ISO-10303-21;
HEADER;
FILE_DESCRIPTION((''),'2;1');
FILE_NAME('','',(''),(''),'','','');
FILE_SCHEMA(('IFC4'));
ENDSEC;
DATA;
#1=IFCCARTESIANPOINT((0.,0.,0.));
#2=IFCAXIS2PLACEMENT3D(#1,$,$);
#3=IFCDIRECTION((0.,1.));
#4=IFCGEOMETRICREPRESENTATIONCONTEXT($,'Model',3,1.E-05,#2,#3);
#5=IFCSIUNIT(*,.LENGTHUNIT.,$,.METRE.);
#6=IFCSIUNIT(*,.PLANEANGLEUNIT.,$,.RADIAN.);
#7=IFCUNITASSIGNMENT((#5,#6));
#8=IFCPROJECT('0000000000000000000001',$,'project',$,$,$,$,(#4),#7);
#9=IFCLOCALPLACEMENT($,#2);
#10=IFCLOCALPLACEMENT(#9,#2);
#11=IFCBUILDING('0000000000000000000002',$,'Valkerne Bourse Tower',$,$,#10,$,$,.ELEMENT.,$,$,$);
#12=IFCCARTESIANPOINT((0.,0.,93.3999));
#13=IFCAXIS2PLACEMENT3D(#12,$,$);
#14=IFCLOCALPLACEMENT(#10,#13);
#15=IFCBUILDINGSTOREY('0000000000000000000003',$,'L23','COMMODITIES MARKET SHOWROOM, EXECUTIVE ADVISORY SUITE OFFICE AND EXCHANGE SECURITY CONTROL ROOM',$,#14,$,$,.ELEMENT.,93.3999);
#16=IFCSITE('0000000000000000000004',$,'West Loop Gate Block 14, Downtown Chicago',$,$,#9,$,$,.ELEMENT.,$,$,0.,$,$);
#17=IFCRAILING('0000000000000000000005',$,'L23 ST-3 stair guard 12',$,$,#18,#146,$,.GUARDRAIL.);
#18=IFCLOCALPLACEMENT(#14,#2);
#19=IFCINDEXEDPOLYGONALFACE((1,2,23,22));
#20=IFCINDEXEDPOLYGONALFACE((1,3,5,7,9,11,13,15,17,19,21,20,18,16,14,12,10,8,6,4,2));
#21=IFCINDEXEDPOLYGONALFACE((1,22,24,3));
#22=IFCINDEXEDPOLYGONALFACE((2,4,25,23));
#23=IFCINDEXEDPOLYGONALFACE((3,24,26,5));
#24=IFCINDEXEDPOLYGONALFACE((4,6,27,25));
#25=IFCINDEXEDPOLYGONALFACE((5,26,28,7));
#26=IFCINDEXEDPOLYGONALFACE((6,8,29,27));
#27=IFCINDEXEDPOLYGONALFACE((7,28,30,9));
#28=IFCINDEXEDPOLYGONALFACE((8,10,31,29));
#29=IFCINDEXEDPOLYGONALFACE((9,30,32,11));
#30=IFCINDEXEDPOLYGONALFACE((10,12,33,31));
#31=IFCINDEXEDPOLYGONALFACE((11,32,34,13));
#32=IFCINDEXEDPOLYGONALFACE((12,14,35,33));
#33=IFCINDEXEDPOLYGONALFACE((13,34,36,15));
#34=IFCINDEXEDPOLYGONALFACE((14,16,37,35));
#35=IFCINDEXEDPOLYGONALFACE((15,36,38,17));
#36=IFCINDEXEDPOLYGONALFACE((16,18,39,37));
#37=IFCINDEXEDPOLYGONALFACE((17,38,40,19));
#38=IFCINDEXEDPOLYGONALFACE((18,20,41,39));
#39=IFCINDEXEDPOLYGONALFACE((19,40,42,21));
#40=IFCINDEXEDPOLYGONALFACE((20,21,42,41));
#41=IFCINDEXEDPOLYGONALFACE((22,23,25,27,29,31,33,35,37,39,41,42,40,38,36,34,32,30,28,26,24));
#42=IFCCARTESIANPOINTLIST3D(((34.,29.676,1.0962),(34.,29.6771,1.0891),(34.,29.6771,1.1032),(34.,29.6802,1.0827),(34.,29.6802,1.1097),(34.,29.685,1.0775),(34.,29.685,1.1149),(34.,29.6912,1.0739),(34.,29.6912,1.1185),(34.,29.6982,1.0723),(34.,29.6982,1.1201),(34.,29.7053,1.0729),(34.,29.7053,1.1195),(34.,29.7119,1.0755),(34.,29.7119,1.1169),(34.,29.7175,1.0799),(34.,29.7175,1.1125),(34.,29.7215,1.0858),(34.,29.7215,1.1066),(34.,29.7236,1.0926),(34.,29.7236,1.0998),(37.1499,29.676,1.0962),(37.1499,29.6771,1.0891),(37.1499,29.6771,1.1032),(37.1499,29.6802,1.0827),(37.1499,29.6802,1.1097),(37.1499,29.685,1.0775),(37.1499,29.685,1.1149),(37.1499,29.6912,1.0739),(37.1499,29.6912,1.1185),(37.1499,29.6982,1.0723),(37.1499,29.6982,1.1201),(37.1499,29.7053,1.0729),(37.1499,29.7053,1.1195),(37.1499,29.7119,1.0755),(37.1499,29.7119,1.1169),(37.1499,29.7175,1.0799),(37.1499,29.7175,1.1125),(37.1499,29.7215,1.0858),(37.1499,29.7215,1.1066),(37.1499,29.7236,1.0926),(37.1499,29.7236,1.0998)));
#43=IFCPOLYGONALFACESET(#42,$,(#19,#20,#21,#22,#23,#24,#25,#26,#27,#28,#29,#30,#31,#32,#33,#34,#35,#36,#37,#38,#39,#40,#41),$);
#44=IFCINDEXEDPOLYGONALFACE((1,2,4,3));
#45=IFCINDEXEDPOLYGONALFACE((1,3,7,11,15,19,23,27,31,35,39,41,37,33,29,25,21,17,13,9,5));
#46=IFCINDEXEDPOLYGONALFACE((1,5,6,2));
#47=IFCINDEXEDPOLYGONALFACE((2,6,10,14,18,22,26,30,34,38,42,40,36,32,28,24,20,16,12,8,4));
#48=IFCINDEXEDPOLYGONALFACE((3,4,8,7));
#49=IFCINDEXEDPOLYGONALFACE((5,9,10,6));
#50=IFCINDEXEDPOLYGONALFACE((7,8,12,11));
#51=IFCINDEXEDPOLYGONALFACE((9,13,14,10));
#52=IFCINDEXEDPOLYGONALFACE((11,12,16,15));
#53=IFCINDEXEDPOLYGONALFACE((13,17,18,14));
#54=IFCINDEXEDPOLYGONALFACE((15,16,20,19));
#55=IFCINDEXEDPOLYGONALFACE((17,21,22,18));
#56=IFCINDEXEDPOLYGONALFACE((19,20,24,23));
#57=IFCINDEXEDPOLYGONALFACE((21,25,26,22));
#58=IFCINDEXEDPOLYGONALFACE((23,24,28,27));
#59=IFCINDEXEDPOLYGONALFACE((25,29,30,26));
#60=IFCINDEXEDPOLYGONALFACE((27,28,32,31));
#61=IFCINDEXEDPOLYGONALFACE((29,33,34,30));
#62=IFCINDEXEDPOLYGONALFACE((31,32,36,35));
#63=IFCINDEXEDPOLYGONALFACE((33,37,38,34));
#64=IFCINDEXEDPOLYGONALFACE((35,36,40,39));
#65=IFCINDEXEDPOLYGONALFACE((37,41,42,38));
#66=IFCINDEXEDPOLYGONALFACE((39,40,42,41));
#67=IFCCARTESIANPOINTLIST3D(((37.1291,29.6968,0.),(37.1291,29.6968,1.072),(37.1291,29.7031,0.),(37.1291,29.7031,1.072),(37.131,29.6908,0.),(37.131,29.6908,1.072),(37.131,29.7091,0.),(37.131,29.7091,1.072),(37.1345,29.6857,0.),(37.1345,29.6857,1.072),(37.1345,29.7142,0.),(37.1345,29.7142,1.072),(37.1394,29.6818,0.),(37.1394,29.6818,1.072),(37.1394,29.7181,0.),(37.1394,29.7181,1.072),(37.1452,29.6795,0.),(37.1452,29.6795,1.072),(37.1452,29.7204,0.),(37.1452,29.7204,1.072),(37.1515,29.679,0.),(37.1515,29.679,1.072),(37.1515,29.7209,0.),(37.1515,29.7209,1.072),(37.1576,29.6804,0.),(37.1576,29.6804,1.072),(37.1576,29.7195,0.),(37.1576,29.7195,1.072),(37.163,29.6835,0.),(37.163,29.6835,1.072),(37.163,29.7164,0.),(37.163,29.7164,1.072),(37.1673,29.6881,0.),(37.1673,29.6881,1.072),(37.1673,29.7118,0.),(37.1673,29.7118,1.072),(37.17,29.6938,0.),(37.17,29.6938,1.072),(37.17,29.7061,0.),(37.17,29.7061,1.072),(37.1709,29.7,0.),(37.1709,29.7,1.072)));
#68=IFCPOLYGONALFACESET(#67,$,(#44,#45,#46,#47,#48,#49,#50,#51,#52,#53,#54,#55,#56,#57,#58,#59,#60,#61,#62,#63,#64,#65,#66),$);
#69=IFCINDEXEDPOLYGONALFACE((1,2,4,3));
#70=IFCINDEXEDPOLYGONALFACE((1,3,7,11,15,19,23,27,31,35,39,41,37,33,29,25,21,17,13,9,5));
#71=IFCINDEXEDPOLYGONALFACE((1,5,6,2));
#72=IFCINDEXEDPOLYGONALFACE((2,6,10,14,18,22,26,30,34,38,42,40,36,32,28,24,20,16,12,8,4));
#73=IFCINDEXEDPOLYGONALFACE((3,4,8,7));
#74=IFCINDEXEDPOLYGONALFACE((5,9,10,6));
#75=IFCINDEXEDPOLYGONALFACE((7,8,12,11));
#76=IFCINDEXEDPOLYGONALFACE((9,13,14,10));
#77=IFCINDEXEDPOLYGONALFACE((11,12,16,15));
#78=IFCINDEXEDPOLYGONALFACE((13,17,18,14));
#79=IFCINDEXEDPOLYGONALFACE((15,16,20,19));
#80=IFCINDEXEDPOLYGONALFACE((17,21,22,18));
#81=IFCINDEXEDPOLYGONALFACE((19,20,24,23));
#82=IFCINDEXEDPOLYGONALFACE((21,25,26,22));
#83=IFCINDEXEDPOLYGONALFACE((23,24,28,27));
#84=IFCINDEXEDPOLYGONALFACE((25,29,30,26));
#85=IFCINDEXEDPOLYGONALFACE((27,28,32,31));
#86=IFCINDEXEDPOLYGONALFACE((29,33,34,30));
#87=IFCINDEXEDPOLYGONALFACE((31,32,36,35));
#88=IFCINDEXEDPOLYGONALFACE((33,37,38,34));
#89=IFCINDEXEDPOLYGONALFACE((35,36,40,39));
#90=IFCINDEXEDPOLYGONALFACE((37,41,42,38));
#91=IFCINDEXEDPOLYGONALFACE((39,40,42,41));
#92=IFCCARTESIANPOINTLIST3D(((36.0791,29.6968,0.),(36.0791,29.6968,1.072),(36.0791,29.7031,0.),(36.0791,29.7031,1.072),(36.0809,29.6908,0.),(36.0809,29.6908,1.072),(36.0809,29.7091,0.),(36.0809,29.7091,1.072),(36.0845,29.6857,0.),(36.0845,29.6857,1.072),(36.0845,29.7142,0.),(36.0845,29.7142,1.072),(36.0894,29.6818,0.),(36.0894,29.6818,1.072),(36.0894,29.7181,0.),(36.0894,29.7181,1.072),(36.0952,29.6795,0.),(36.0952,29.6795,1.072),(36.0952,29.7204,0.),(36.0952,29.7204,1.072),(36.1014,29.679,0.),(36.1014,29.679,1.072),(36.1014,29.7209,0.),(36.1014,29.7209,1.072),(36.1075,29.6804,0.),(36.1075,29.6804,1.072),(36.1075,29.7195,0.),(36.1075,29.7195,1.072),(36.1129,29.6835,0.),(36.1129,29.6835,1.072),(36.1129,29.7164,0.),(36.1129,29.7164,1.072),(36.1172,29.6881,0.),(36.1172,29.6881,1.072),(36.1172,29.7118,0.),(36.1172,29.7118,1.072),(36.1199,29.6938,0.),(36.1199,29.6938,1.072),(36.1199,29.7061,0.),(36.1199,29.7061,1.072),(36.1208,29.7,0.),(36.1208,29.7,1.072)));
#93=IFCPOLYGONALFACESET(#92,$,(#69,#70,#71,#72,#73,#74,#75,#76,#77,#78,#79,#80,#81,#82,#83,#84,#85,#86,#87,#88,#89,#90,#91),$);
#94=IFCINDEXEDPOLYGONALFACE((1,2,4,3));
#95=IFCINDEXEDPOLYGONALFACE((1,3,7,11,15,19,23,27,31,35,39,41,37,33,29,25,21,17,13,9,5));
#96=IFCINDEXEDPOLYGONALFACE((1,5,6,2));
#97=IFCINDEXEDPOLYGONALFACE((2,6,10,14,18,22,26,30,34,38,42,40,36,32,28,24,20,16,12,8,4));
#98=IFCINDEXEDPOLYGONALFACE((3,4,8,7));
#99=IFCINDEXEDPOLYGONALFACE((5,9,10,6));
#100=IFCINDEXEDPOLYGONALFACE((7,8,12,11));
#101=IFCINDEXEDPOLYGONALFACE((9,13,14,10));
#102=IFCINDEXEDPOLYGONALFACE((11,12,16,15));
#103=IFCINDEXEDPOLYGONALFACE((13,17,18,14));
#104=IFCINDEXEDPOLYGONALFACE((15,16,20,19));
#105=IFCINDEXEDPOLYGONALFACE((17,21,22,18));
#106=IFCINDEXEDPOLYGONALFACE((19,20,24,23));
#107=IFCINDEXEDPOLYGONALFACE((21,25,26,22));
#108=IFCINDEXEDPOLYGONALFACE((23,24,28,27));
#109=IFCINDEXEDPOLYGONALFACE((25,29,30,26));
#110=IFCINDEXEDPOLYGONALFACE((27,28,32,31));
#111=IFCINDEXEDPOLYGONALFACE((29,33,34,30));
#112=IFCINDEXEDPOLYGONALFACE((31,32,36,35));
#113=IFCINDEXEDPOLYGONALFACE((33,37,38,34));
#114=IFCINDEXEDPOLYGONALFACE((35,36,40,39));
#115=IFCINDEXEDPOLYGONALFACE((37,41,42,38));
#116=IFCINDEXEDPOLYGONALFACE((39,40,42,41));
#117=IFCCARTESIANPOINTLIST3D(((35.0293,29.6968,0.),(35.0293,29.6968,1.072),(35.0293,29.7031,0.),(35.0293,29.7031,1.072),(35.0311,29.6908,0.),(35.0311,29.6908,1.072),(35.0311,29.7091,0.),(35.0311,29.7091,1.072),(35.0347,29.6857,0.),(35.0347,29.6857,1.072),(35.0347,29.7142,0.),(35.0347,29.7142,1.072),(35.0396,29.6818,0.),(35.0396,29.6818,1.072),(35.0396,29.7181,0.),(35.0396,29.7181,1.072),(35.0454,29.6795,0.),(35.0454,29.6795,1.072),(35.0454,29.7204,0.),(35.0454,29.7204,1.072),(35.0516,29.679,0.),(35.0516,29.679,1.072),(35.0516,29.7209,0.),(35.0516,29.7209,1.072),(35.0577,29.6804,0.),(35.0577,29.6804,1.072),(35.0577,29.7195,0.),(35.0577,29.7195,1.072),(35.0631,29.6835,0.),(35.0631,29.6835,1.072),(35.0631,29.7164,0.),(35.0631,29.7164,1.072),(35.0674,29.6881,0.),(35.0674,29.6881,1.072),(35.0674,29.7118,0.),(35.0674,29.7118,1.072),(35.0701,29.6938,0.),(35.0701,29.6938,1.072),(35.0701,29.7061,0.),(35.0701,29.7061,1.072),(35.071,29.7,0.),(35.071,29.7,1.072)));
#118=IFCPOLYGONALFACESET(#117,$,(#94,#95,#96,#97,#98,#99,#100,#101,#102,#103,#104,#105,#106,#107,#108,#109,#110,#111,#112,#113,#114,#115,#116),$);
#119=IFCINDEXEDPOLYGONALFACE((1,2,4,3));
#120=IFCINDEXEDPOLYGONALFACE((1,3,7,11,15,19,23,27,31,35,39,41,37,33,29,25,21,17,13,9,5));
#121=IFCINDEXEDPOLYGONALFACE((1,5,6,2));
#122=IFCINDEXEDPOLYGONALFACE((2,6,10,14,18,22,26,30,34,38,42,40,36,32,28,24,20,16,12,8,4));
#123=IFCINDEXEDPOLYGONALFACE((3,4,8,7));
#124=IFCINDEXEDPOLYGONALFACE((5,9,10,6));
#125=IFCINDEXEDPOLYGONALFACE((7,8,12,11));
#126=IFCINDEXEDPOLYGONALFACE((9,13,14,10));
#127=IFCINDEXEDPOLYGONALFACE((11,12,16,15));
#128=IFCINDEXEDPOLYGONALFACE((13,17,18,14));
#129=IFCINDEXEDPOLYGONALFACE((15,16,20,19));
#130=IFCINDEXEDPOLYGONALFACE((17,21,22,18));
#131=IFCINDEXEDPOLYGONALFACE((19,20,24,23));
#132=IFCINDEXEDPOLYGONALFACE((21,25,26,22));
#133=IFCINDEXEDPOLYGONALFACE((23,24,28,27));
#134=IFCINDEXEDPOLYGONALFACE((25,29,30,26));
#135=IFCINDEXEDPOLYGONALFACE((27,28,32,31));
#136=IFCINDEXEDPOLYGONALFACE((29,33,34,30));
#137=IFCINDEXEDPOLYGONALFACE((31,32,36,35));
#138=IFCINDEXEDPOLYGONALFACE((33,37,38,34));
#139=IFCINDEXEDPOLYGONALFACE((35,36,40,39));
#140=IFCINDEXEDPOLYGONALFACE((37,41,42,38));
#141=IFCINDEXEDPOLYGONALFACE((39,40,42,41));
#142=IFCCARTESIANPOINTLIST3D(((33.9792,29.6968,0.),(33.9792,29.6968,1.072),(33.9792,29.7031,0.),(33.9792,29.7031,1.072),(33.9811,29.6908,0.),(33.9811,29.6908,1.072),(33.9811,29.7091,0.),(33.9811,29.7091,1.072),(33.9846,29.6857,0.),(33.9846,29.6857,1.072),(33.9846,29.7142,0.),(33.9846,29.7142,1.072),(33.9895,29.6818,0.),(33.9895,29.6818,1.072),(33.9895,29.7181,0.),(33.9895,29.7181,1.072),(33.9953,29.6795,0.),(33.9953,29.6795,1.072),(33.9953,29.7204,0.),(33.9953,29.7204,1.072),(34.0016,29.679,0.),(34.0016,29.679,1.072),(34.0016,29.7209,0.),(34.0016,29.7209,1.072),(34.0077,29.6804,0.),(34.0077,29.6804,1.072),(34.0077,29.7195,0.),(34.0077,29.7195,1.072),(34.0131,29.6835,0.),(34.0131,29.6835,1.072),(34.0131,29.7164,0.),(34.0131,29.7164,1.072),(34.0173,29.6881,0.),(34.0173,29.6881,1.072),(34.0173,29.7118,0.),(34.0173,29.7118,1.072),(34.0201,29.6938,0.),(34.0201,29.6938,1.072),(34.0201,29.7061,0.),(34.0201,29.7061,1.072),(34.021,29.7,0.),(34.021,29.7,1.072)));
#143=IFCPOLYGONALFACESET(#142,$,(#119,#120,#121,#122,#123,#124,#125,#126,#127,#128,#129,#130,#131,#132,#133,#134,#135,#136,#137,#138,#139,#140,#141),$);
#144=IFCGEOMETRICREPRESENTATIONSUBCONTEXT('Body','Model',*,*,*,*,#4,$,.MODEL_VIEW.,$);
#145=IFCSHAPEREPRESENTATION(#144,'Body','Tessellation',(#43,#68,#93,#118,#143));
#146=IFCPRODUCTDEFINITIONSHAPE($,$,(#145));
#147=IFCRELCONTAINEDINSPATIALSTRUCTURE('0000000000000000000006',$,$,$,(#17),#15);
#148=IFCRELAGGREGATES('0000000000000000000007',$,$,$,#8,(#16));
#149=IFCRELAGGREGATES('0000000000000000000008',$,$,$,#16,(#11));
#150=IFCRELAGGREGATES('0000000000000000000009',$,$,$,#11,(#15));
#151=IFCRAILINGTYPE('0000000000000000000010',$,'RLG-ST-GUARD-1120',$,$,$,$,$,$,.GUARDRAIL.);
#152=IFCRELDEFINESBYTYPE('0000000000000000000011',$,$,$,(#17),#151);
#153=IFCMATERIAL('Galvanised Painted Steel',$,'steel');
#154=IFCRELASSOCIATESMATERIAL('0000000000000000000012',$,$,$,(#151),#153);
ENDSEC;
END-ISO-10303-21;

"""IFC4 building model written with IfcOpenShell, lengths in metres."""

from ifc_helpers import new_model, si_unit, direction, frame, origin, origin_2d, place, context, subcontext, project, spatial, circle, extrude, material, type_object, element, save


model = new_model("IFC4")

# Units and contexts
model_context = context("Model", 3, precision=1e-05, world=origin(), true_north=direction((0.0, 1.0)))
body_context = subcontext(model_context, "Body", "Model", "MODEL_VIEW")
ifc_project = project(units=[si_unit("LENGTHUNIT", "METRE"), si_unit("PLANEANGLEUNIT", "RADIAN")], contexts=[model_context])

# Site, building, storey
site_placement = place(None, origin())
site = spatial("IfcSite", under=ifc_project, at=site_placement, Name="West Loop Gate Block 14, Downtown Chicago", CompositionType="ELEMENT", RefElevation=0.0)
building_placement = place(site_placement, origin())
building = spatial("IfcBuilding", under=site, at=building_placement, Name="Valkerne Bourse Tower", CompositionType="ELEMENT")
storey_placement = place(building_placement, frame((0.0, 0.0, 93.3999)))
storey = spatial("IfcBuildingStorey", under=building, at=storey_placement, Name="L23", Description="COMMODITIES MARKET SHOWROOM, EXECUTIVE ADVISORY SUITE OFFICE AND EXCHANGE SECURITY CONTROL ROOM", CompositionType="ELEMENT", Elevation=93.3999)

# Shared definitions
ifc_material_1 = material(Name="Galvanised Painted Steel", Category="steel")

# Railing
railing_type_1 = type_object("IfcRailingType", Name="RLG-ST-GUARD-1120", PredefinedType="GUARDRAIL", material=ifc_material_1)
railing_1_placement = place(storey_placement, frame((37.1499, 29.7, 0.0)))
element("IfcRailing", 1, at=railing_1_placement, inside=storey, type_object=railing_type_1, Name="L23 ST-3 stair guard 12", PredefinedType="GUARDRAIL", context=body_context, shape_type="SweptSolid", body=[
    extrude(circle(Radius=0.0239, at=origin_2d()), frame((0.0, 0.0, 1.0962), z_axis=(-1.0, 0.0, 0.0), x_axis=(0.0, -1.0, 0.0)), (0.0, 0.0, 1.0), 3.1499),
    extrude(circle(Radius=0.021, at=origin_2d()), origin(), (0.0, 0.0, 1.0), 1.072),
    extrude(circle(Radius=0.021, at=origin_2d()), frame((-1.05, 0.0, 0.0)), (0.0, 0.0, 1.0), 1.072),
    extrude(circle(Radius=0.021, at=origin_2d()), frame((-2.0999, 0.0, 0.0)), (0.0, 0.0, 1.0), 1.072),
    extrude(circle(Radius=0.021, at=origin_2d()), frame((-3.1499, 0.0, 0.0)), (0.0, 0.0, 1.0), 1.072),
])

save(model, "model.ifc")
